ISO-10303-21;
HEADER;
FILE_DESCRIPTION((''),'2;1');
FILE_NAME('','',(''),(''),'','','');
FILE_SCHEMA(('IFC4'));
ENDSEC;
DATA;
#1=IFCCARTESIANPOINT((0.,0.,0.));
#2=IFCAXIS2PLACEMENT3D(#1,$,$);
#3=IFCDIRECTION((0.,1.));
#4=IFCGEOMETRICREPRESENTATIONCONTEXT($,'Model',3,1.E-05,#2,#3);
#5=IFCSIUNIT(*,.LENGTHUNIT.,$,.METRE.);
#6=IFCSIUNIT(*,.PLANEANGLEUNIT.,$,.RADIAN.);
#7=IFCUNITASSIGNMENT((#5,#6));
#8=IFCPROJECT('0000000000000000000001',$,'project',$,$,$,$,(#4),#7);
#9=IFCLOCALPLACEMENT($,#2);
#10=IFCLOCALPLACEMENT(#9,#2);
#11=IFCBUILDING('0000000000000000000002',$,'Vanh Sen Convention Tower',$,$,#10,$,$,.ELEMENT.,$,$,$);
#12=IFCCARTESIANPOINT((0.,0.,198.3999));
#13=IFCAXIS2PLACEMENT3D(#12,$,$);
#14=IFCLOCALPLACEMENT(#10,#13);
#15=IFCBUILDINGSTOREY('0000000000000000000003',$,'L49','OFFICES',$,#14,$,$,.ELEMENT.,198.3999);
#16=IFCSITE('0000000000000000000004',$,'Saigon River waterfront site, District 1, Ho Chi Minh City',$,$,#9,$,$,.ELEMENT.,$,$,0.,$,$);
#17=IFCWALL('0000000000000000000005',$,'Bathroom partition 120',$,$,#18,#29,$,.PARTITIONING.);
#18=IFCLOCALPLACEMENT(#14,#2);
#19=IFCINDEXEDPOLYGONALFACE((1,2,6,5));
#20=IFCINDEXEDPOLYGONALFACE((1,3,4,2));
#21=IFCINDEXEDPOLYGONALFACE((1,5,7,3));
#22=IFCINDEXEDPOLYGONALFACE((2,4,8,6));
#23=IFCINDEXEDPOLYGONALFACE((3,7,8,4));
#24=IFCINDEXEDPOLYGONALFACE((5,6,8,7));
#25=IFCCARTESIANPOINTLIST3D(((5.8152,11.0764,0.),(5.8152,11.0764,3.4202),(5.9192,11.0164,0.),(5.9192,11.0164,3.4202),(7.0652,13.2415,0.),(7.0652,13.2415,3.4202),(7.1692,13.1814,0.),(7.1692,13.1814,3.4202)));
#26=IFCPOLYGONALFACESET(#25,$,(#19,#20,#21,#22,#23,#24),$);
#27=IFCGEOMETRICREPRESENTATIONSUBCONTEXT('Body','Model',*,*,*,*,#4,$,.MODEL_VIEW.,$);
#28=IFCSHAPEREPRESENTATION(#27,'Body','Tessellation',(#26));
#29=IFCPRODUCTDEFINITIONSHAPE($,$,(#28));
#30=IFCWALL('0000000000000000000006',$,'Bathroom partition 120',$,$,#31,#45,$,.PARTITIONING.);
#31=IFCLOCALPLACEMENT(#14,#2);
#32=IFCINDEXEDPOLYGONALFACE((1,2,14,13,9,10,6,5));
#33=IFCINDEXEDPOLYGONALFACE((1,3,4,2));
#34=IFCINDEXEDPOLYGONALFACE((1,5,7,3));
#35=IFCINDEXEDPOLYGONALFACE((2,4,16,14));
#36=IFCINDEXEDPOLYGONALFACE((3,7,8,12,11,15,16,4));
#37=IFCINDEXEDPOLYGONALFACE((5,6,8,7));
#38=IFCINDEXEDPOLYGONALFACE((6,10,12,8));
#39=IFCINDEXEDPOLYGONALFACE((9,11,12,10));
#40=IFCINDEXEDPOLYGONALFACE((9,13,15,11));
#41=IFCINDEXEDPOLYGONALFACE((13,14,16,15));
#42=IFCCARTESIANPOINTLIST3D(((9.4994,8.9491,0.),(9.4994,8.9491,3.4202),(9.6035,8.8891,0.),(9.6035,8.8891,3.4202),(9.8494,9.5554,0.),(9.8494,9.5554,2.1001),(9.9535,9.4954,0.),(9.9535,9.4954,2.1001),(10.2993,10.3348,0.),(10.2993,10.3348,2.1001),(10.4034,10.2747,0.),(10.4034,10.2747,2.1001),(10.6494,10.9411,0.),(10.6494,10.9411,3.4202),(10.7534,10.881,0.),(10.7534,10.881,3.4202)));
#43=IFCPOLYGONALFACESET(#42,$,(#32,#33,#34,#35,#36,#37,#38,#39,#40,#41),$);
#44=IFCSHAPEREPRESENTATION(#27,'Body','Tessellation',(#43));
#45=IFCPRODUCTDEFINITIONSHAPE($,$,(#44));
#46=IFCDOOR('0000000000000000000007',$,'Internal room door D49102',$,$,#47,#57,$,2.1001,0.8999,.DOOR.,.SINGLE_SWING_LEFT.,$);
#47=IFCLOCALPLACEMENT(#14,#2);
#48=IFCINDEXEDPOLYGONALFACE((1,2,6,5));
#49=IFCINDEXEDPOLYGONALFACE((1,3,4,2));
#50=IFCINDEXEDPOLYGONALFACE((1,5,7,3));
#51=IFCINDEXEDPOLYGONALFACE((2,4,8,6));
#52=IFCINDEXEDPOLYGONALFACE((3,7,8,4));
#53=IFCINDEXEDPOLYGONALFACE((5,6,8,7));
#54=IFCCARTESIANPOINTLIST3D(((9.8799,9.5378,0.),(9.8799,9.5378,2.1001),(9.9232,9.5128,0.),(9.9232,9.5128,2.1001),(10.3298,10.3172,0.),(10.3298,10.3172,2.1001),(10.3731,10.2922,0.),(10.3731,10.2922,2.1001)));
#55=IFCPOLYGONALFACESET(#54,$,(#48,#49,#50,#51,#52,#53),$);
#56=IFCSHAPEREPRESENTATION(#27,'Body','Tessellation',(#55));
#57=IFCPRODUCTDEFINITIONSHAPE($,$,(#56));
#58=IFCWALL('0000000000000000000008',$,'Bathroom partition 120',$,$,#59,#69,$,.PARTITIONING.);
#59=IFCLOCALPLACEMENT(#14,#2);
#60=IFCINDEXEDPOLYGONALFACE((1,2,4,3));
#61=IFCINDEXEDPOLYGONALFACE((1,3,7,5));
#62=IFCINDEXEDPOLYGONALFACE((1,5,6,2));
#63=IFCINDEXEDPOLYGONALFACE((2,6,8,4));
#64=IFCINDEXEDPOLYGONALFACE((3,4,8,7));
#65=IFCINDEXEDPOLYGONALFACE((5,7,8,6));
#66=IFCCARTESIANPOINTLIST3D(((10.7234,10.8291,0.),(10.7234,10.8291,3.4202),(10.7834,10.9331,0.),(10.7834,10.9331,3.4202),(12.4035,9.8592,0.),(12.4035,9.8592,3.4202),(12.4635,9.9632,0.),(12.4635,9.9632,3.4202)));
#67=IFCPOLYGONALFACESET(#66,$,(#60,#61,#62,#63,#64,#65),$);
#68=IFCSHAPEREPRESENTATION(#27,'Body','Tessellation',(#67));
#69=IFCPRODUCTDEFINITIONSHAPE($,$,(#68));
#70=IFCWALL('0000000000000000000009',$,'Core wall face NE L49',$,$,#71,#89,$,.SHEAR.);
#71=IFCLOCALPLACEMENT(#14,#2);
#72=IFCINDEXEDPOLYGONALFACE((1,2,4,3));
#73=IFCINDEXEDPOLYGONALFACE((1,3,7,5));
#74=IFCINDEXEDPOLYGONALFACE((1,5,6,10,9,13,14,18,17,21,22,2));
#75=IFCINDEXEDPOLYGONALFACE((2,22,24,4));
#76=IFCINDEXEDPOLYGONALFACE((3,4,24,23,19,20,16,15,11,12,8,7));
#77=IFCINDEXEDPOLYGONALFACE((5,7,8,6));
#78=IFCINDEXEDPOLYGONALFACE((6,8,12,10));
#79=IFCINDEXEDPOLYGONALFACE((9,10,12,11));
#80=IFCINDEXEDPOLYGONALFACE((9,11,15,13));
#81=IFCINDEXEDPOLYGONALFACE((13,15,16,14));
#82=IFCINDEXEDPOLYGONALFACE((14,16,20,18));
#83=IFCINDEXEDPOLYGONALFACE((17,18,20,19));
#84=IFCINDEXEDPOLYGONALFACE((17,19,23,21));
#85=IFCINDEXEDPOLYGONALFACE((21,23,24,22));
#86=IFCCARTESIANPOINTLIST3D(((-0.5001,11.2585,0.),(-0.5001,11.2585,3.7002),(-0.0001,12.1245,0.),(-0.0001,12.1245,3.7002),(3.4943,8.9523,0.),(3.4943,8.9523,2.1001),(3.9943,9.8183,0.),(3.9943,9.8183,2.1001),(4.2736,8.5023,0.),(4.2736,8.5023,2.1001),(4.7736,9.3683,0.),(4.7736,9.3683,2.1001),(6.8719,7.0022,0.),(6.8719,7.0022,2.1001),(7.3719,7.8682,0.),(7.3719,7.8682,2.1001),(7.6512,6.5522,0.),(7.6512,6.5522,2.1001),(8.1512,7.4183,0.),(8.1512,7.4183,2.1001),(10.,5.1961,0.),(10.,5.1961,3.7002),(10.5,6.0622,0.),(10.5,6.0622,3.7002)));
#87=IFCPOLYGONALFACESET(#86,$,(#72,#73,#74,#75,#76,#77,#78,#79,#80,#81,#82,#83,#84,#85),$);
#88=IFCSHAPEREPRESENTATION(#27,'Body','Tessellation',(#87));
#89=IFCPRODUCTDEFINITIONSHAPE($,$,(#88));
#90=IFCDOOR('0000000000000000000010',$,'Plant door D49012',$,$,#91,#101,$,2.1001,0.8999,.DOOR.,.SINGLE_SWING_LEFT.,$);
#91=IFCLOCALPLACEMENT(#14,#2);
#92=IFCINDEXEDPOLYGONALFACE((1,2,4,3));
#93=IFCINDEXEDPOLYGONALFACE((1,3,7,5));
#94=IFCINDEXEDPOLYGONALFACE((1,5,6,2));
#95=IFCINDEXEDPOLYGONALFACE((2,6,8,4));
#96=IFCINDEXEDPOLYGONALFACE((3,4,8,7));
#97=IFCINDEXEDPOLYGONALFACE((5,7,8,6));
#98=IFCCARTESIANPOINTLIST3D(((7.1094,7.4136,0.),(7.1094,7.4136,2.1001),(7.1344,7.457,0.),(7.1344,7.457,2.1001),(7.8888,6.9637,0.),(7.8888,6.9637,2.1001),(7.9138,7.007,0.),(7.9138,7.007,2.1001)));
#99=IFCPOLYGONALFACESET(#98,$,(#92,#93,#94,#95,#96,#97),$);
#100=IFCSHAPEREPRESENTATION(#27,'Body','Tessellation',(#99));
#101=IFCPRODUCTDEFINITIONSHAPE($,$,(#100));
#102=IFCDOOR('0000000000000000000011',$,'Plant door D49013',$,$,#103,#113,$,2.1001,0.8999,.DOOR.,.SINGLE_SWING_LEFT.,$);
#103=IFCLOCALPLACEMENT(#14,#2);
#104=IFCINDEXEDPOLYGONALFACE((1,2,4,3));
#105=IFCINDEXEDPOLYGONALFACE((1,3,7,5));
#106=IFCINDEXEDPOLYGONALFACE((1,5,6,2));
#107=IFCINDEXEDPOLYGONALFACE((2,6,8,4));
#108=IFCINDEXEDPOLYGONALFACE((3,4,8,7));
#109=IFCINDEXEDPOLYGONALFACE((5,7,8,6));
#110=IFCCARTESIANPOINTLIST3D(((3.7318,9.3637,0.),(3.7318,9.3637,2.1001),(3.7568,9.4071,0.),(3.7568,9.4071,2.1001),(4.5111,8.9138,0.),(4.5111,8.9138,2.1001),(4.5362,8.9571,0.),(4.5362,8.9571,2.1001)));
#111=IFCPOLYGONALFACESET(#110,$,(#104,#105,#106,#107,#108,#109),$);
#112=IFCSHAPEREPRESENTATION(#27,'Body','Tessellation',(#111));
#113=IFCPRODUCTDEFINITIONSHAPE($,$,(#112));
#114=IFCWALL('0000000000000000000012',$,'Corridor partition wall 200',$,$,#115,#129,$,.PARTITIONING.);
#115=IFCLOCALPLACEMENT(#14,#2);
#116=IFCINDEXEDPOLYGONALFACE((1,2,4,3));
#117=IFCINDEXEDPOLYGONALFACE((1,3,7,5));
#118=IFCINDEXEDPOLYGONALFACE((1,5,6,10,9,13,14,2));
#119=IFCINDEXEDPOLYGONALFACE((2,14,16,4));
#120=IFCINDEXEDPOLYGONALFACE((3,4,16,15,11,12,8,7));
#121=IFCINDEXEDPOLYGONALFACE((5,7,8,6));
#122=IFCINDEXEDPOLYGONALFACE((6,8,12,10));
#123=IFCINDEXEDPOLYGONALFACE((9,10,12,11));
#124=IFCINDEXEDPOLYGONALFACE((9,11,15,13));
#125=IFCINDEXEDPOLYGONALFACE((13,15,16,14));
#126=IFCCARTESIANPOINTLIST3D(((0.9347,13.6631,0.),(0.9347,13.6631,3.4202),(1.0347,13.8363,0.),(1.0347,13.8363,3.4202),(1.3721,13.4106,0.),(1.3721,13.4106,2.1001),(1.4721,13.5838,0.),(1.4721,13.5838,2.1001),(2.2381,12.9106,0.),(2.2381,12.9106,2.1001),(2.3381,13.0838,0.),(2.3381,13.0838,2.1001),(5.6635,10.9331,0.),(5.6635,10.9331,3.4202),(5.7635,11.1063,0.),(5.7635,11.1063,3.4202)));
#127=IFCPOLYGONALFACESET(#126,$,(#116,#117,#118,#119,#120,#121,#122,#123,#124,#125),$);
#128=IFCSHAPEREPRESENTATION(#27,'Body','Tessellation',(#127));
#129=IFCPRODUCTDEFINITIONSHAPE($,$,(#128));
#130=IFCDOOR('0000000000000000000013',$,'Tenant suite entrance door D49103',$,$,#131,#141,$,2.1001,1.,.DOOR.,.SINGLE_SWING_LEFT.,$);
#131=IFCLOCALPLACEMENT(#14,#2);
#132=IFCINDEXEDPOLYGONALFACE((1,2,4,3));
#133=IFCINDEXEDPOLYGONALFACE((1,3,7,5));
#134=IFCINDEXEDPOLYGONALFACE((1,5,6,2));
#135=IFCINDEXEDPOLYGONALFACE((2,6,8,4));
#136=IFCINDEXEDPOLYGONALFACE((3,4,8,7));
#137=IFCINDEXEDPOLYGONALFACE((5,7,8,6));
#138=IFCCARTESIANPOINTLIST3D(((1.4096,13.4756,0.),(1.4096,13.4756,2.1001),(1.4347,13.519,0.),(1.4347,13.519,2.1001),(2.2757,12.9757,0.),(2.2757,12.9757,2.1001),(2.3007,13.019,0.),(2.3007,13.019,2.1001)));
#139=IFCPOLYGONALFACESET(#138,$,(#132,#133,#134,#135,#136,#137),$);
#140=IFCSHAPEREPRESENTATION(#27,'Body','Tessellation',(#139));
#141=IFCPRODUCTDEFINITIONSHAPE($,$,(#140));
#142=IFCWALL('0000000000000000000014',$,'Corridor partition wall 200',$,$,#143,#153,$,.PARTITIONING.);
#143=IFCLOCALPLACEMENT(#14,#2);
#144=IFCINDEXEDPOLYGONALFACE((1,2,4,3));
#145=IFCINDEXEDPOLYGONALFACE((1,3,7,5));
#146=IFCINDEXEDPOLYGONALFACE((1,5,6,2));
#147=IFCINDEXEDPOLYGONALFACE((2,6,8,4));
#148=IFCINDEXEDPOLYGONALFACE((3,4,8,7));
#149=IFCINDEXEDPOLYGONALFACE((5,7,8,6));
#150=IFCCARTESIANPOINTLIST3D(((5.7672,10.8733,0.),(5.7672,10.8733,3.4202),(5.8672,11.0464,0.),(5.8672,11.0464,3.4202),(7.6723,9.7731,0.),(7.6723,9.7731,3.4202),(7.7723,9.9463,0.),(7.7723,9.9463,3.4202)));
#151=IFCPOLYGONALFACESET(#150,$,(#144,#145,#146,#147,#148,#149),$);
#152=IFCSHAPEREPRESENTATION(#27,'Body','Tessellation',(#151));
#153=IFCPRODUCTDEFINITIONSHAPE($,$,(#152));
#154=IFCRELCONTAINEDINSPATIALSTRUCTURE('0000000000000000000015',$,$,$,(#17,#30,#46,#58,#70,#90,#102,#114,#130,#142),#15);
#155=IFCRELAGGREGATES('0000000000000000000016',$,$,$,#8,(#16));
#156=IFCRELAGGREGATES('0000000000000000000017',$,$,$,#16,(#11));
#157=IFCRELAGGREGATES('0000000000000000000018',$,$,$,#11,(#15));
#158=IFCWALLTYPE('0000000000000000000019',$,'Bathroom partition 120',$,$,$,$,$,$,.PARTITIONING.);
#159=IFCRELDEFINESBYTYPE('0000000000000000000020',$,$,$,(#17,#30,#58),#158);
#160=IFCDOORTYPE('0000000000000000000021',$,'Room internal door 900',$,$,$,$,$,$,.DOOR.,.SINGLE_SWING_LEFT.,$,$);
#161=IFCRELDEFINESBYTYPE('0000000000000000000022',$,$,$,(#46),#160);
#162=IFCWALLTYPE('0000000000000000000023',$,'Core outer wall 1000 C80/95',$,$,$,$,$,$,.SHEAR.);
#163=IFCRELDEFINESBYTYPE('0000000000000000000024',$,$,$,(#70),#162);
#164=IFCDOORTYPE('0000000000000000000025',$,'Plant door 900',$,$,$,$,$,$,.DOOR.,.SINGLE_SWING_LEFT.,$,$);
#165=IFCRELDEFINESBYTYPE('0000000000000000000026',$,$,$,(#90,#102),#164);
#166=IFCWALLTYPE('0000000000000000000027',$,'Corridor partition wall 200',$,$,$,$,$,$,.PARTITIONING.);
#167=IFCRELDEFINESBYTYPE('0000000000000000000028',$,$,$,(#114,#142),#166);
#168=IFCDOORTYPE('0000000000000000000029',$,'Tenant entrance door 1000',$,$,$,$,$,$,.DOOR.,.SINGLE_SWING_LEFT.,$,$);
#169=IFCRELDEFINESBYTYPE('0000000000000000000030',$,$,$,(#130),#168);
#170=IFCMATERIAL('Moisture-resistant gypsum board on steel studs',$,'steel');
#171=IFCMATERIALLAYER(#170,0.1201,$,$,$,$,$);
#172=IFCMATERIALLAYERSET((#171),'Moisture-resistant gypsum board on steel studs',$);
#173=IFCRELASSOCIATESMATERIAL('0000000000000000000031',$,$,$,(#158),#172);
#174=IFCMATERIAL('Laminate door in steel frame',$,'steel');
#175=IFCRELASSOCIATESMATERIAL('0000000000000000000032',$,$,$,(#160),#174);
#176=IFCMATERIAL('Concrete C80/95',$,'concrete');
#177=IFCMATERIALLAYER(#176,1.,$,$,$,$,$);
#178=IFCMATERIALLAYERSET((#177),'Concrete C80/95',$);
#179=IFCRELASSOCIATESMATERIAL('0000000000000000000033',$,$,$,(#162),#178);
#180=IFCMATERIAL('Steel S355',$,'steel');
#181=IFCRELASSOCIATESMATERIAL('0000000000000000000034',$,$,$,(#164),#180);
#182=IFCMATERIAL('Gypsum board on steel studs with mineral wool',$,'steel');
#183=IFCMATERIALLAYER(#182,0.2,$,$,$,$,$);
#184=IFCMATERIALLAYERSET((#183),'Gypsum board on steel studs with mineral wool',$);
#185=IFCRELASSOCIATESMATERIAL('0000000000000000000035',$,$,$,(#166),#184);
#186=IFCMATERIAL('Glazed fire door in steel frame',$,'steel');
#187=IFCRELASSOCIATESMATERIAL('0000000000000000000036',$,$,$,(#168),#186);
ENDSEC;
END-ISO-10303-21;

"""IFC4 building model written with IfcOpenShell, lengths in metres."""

from ifc_helpers import new_model, si_unit, direction, frame, frame_2d, origin, place, context, subcontext, project, spatial, rectangle, extrude, material, layer, layer_set, type_object, element, fill, save


model = new_model("IFC4")

# Units and contexts
model_context = context("Model", 3, precision=1e-05, world=origin(), true_north=direction((0.0, 1.0)))
body_context = subcontext(model_context, "Body", "Model", "MODEL_VIEW")
ifc_project = project(units=[si_unit("LENGTHUNIT", "METRE"), si_unit("PLANEANGLEUNIT", "RADIAN")], contexts=[model_context])

# Site, building, storey
site_placement = place(None, origin())
site = spatial("IfcSite", under=ifc_project, at=site_placement, Name="Saigon River waterfront site, District 1, Ho Chi Minh City", CompositionType="ELEMENT", RefElevation=0.0)
building_placement = place(site_placement, origin())
building = spatial("IfcBuilding", under=site, at=building_placement, Name="Vanh Sen Convention Tower", CompositionType="ELEMENT")
storey_placement = place(building_placement, frame((0.0, 0.0, 198.3999)))
storey = spatial("IfcBuildingStorey", under=building, at=storey_placement, Name="L49", Description="OFFICES", CompositionType="ELEMENT", Elevation=198.3999)

# Wall
ifc_material_1 = material(Name="Moisture-resistant gypsum board on steel studs", Category="steel")
ifc_layer_1 = layer(ifc_material_1, 0.1201)
ifc_layer_set_1 = layer_set([ifc_layer_1], Name="Moisture-resistant gypsum board on steel studs")
wall_type_1 = type_object("IfcWallType", Name="Bathroom partition 120", PredefinedType="PARTITIONING", material=ifc_layer_set_1)
wall_1_placement = place(storey_placement, frame((5.8672, 11.0464, 0.0), z_axis=(0.0, 0.0, 1.0), x_axis=(0.500004, 0.866023, 0.0)))
element("IfcWall", 1, at=wall_1_placement, inside=storey, type_object=wall_type_1, Name="Bathroom partition 120", PredefinedType="PARTITIONING", context=body_context, shape_type="SweptSolid", body=[
    extrude(rectangle(XDim=2.5, YDim=0.1201, at=frame_2d((1.25, 0.0))), origin(), (0.0, 0.0, 1.0), 3.4202),
])

# Wall, opening, door
wall_2_placement = place(storey_placement, frame((9.5515, 8.9192, 0.0), z_axis=(0.0, 0.0, 1.0), x_axis=(0.499952, 0.866053, 0.0)))
wall_2 = element("IfcWall", 2, at=wall_2_placement, inside=storey, type_object=wall_type_1, Name="Bathroom partition 120", PredefinedType="PARTITIONING", context=body_context, shape_type="SweptSolid", body=[
    extrude(rectangle(XDim=2.3, YDim=0.1201, at=frame_2d((1.1499, 0.0))), origin(), (0.0, 0.0, 1.0), 3.4202),
])
opening_1_placement = place(wall_2_placement, frame((0.7, 0.0, 0.0)))
opening_1 = element("IfcOpeningElement", 3, at=opening_1_placement, cuts=wall_2, PredefinedType="OPENING", context=body_context, shape_type="SweptSolid", body=[
    extrude(rectangle(XDim=0.8999, YDim=2.1001, at=frame_2d((0.45, 1.05))), frame((0.0, 0.0701, 0.0), z_axis=(0.0, -1.0, 0.0), x_axis=(1.0, 0.0, 0.0)), (0.0, 0.0, 1.0), 0.1401),
])
ifc_material_2 = material(Name="Laminate door in steel frame", Category="steel")
door_type_1 = type_object("IfcDoorType", Name="Room internal door 900", OperationType="SINGLE_SWING_LEFT", PredefinedType="DOOR", material=ifc_material_2)
door_1_placement = place(opening_1_placement, origin())
door_1 = element("IfcDoor", 4, at=door_1_placement, inside=storey, type_object=door_type_1, Name="Internal room door D49102", OperationType="SINGLE_SWING_LEFT", OverallHeight=2.1001, OverallWidth=0.8999, PredefinedType="DOOR", context=body_context, shape_type="SweptSolid", body=[
    extrude(rectangle(XDim=0.8999, YDim=2.1001, at=frame_2d((0.45, 1.05))), frame((0.0, 0.0249, 0.0), z_axis=(0.0, -1.0, 0.0), x_axis=(1.0, 0.0, 0.0)), (0.0, 0.0, 1.0), 0.05),
])
fill(opening_1, door_1)

# Wall
wall_3_placement = place(storey_placement, frame((10.7534, 10.8811, 0.0), z_axis=(0.0, 0.0, 1.0), x_axis=(0.866043, -0.499969, 0.0)))
element("IfcWall", 5, at=wall_3_placement, inside=storey, type_object=wall_type_1, Name="Bathroom partition 120", PredefinedType="PARTITIONING", context=body_context, shape_type="SweptSolid", body=[
    extrude(rectangle(XDim=1.9399, YDim=0.1201, at=frame_2d((0.97, 0.0))), origin(), (0.0, 0.0, 1.0), 3.4202),
])

# Wall, openings, doors
ifc_material_3 = material(Name="Concrete C80/95", Category="concrete")
ifc_layer_2 = layer(ifc_material_3, 1.0)
ifc_layer_set_2 = layer_set([ifc_layer_2], Name="Concrete C80/95")
wall_type_2 = type_object("IfcWallType", Name="Core outer wall 1000 C80/95", PredefinedType="SHEAR", material=ifc_layer_set_2)
wall_4_placement = place(storey_placement, frame((10.25, 5.6292, 0.0), z_axis=(0.0, 0.0, 1.0), x_axis=(-0.866023, 0.500005, 0.0)))
wall_4 = element("IfcWall", 6, at=wall_4_placement, inside=storey, type_object=wall_type_2, Name="Core wall face NE L49", PredefinedType="SHEAR", context=body_context, shape_type="SweptSolid", body=[
    extrude(rectangle(XDim=12.1245, YDim=1.0, at=frame_2d((6.0623, 0.0))), origin(), (0.0, 0.0, 1.0), 3.7002),
])
opening_2_placement = place(wall_4_placement, frame((2.7122, 0.0, 0.0)))
opening_2 = element("IfcOpeningElement", 7, at=opening_2_placement, cuts=wall_4, PredefinedType="OPENING", context=body_context, shape_type="SweptSolid", body=[
    extrude(rectangle(XDim=0.8999, YDim=2.1001, at=frame_2d((0.45, 1.05))), frame((0.0, 0.51, 0.0), z_axis=(0.0, -1.0, 0.0), x_axis=(1.0, 0.0, 0.0)), (0.0, 0.0, 1.0), 1.02),
])
opening_3_placement = place(wall_4_placement, frame((6.6123, 0.0, 0.0)))
opening_3 = element("IfcOpeningElement", 8, at=opening_3_placement, cuts=wall_4, PredefinedType="OPENING", context=body_context, shape_type="SweptSolid", body=[
    extrude(rectangle(XDim=0.8999, YDim=2.1001, at=frame_2d((0.45, 1.05))), frame((0.0, 0.51, 0.0), z_axis=(0.0, -1.0, 0.0), x_axis=(1.0, 0.0, 0.0)), (0.0, 0.0, 1.0), 1.02),
])
ifc_material_4 = material(Name="Steel S355", Category="steel")
door_type_2 = type_object("IfcDoorType", Name="Plant door 900", OperationType="SINGLE_SWING_LEFT", PredefinedType="DOOR", material=ifc_material_4)
door_2_placement = place(opening_2_placement, origin())
door_2 = element("IfcDoor", 9, at=door_2_placement, inside=storey, type_object=door_type_2, Name="Plant door D49012", OperationType="SINGLE_SWING_LEFT", OverallHeight=2.1001, OverallWidth=0.8999, PredefinedType="DOOR", context=body_context, shape_type="SweptSolid", body=[
    extrude(rectangle(XDim=0.8999, YDim=2.1001, at=frame_2d((0.45, 1.05))), frame((0.0, 0.0249, 0.0), z_axis=(0.0, -1.0, 0.0), x_axis=(1.0, 0.0, 0.0)), (0.0, 0.0, 1.0), 0.05),
])
fill(opening_2, door_2)
door_3_placement = place(opening_3_placement, origin())
door_3 = element("IfcDoor", 10, at=door_3_placement, inside=storey, type_object=door_type_2, Name="Plant door D49013", OperationType="SINGLE_SWING_LEFT", OverallHeight=2.1001, OverallWidth=0.8999, PredefinedType="DOOR", context=body_context, shape_type="SweptSolid", body=[
    extrude(rectangle(XDim=0.8999, YDim=2.1001, at=frame_2d((0.45, 1.05))), frame((0.0, 0.0249, 0.0), z_axis=(0.0, -1.0, 0.0), x_axis=(1.0, 0.0, 0.0)), (0.0, 0.0, 1.0), 0.05),
])
fill(opening_3, door_3)

# Wall, opening, door
ifc_material_5 = material(Name="Gypsum board on steel studs with mineral wool", Category="steel")
ifc_layer_3 = layer(ifc_material_5, 0.2)
ifc_layer_set_3 = layer_set([ifc_layer_3], Name="Gypsum board on steel studs with mineral wool")
wall_type_3 = type_object("IfcWallType", Name="Corridor partition wall 200", PredefinedType="PARTITIONING", material=ifc_layer_set_3)
wall_5_placement = place(storey_placement, frame((5.7134, 11.0198, 0.0), z_axis=(0.0, 0.0, 1.0), x_axis=(-0.866039, 0.499977, 0.0)))
wall_5 = element("IfcWall", 11, at=wall_5_placement, inside=storey, type_object=wall_type_3, Name="Corridor partition wall 200", PredefinedType="PARTITIONING", context=body_context, shape_type="SweptSolid", body=[
    extrude(rectangle(XDim=5.4602, YDim=0.2, at=frame_2d((2.73, 0.0))), origin(), (0.0, 0.0, 1.0), 3.4202),
])
opening_4_placement = place(wall_5_placement, frame((3.9551, 0.0, 0.0)))
opening_4 = element("IfcOpeningElement", 12, at=opening_4_placement, cuts=wall_5, PredefinedType="OPENING", context=body_context, shape_type="SweptSolid", body=[
    extrude(rectangle(XDim=1.0, YDim=2.1001, at=frame_2d((0.5, 1.05))), frame((0.0, 0.1099, 0.0), z_axis=(0.0, -1.0, 0.0), x_axis=(1.0, 0.0, 0.0)), (0.0, 0.0, 1.0), 0.22),
])
ifc_material_6 = material(Name="Glazed fire door in steel frame", Category="steel")
door_type_3 = type_object("IfcDoorType", Name="Tenant entrance door 1000", OperationType="SINGLE_SWING_LEFT", PredefinedType="DOOR", material=ifc_material_6)
door_4_placement = place(opening_4_placement, origin())
door_4 = element("IfcDoor", 13, at=door_4_placement, inside=storey, type_object=door_type_3, Name="Tenant suite entrance door D49103", OperationType="SINGLE_SWING_LEFT", OverallHeight=2.1001, OverallWidth=1.0, PredefinedType="DOOR", context=body_context, shape_type="SweptSolid", body=[
    extrude(rectangle(XDim=1.0, YDim=2.1001, at=frame_2d((0.5, 1.05))), frame((0.0, 0.0249, 0.0), z_axis=(0.0, -1.0, 0.0), x_axis=(1.0, 0.0, 0.0)), (0.0, 0.0, 1.0), 0.05),
])
fill(opening_4, door_4)

# Wall
wall_6_placement = place(storey_placement, frame((7.7224, 9.8596, 0.0), z_axis=(0.0, 0.0, 1.0), x_axis=(-0.86598, 0.500078, 0.0)))
element("IfcWall", 14, at=wall_6_placement, inside=storey, type_object=wall_type_3, Name="Corridor partition wall 200", PredefinedType="PARTITIONING", context=body_context, shape_type="SweptSolid", body=[
    extrude(rectangle(XDim=2.2, YDim=0.2, at=frame_2d((1.1001, 0.0))), origin(), (0.0, 0.0, 1.0), 3.4202),
])

save(model, "model.ifc")
